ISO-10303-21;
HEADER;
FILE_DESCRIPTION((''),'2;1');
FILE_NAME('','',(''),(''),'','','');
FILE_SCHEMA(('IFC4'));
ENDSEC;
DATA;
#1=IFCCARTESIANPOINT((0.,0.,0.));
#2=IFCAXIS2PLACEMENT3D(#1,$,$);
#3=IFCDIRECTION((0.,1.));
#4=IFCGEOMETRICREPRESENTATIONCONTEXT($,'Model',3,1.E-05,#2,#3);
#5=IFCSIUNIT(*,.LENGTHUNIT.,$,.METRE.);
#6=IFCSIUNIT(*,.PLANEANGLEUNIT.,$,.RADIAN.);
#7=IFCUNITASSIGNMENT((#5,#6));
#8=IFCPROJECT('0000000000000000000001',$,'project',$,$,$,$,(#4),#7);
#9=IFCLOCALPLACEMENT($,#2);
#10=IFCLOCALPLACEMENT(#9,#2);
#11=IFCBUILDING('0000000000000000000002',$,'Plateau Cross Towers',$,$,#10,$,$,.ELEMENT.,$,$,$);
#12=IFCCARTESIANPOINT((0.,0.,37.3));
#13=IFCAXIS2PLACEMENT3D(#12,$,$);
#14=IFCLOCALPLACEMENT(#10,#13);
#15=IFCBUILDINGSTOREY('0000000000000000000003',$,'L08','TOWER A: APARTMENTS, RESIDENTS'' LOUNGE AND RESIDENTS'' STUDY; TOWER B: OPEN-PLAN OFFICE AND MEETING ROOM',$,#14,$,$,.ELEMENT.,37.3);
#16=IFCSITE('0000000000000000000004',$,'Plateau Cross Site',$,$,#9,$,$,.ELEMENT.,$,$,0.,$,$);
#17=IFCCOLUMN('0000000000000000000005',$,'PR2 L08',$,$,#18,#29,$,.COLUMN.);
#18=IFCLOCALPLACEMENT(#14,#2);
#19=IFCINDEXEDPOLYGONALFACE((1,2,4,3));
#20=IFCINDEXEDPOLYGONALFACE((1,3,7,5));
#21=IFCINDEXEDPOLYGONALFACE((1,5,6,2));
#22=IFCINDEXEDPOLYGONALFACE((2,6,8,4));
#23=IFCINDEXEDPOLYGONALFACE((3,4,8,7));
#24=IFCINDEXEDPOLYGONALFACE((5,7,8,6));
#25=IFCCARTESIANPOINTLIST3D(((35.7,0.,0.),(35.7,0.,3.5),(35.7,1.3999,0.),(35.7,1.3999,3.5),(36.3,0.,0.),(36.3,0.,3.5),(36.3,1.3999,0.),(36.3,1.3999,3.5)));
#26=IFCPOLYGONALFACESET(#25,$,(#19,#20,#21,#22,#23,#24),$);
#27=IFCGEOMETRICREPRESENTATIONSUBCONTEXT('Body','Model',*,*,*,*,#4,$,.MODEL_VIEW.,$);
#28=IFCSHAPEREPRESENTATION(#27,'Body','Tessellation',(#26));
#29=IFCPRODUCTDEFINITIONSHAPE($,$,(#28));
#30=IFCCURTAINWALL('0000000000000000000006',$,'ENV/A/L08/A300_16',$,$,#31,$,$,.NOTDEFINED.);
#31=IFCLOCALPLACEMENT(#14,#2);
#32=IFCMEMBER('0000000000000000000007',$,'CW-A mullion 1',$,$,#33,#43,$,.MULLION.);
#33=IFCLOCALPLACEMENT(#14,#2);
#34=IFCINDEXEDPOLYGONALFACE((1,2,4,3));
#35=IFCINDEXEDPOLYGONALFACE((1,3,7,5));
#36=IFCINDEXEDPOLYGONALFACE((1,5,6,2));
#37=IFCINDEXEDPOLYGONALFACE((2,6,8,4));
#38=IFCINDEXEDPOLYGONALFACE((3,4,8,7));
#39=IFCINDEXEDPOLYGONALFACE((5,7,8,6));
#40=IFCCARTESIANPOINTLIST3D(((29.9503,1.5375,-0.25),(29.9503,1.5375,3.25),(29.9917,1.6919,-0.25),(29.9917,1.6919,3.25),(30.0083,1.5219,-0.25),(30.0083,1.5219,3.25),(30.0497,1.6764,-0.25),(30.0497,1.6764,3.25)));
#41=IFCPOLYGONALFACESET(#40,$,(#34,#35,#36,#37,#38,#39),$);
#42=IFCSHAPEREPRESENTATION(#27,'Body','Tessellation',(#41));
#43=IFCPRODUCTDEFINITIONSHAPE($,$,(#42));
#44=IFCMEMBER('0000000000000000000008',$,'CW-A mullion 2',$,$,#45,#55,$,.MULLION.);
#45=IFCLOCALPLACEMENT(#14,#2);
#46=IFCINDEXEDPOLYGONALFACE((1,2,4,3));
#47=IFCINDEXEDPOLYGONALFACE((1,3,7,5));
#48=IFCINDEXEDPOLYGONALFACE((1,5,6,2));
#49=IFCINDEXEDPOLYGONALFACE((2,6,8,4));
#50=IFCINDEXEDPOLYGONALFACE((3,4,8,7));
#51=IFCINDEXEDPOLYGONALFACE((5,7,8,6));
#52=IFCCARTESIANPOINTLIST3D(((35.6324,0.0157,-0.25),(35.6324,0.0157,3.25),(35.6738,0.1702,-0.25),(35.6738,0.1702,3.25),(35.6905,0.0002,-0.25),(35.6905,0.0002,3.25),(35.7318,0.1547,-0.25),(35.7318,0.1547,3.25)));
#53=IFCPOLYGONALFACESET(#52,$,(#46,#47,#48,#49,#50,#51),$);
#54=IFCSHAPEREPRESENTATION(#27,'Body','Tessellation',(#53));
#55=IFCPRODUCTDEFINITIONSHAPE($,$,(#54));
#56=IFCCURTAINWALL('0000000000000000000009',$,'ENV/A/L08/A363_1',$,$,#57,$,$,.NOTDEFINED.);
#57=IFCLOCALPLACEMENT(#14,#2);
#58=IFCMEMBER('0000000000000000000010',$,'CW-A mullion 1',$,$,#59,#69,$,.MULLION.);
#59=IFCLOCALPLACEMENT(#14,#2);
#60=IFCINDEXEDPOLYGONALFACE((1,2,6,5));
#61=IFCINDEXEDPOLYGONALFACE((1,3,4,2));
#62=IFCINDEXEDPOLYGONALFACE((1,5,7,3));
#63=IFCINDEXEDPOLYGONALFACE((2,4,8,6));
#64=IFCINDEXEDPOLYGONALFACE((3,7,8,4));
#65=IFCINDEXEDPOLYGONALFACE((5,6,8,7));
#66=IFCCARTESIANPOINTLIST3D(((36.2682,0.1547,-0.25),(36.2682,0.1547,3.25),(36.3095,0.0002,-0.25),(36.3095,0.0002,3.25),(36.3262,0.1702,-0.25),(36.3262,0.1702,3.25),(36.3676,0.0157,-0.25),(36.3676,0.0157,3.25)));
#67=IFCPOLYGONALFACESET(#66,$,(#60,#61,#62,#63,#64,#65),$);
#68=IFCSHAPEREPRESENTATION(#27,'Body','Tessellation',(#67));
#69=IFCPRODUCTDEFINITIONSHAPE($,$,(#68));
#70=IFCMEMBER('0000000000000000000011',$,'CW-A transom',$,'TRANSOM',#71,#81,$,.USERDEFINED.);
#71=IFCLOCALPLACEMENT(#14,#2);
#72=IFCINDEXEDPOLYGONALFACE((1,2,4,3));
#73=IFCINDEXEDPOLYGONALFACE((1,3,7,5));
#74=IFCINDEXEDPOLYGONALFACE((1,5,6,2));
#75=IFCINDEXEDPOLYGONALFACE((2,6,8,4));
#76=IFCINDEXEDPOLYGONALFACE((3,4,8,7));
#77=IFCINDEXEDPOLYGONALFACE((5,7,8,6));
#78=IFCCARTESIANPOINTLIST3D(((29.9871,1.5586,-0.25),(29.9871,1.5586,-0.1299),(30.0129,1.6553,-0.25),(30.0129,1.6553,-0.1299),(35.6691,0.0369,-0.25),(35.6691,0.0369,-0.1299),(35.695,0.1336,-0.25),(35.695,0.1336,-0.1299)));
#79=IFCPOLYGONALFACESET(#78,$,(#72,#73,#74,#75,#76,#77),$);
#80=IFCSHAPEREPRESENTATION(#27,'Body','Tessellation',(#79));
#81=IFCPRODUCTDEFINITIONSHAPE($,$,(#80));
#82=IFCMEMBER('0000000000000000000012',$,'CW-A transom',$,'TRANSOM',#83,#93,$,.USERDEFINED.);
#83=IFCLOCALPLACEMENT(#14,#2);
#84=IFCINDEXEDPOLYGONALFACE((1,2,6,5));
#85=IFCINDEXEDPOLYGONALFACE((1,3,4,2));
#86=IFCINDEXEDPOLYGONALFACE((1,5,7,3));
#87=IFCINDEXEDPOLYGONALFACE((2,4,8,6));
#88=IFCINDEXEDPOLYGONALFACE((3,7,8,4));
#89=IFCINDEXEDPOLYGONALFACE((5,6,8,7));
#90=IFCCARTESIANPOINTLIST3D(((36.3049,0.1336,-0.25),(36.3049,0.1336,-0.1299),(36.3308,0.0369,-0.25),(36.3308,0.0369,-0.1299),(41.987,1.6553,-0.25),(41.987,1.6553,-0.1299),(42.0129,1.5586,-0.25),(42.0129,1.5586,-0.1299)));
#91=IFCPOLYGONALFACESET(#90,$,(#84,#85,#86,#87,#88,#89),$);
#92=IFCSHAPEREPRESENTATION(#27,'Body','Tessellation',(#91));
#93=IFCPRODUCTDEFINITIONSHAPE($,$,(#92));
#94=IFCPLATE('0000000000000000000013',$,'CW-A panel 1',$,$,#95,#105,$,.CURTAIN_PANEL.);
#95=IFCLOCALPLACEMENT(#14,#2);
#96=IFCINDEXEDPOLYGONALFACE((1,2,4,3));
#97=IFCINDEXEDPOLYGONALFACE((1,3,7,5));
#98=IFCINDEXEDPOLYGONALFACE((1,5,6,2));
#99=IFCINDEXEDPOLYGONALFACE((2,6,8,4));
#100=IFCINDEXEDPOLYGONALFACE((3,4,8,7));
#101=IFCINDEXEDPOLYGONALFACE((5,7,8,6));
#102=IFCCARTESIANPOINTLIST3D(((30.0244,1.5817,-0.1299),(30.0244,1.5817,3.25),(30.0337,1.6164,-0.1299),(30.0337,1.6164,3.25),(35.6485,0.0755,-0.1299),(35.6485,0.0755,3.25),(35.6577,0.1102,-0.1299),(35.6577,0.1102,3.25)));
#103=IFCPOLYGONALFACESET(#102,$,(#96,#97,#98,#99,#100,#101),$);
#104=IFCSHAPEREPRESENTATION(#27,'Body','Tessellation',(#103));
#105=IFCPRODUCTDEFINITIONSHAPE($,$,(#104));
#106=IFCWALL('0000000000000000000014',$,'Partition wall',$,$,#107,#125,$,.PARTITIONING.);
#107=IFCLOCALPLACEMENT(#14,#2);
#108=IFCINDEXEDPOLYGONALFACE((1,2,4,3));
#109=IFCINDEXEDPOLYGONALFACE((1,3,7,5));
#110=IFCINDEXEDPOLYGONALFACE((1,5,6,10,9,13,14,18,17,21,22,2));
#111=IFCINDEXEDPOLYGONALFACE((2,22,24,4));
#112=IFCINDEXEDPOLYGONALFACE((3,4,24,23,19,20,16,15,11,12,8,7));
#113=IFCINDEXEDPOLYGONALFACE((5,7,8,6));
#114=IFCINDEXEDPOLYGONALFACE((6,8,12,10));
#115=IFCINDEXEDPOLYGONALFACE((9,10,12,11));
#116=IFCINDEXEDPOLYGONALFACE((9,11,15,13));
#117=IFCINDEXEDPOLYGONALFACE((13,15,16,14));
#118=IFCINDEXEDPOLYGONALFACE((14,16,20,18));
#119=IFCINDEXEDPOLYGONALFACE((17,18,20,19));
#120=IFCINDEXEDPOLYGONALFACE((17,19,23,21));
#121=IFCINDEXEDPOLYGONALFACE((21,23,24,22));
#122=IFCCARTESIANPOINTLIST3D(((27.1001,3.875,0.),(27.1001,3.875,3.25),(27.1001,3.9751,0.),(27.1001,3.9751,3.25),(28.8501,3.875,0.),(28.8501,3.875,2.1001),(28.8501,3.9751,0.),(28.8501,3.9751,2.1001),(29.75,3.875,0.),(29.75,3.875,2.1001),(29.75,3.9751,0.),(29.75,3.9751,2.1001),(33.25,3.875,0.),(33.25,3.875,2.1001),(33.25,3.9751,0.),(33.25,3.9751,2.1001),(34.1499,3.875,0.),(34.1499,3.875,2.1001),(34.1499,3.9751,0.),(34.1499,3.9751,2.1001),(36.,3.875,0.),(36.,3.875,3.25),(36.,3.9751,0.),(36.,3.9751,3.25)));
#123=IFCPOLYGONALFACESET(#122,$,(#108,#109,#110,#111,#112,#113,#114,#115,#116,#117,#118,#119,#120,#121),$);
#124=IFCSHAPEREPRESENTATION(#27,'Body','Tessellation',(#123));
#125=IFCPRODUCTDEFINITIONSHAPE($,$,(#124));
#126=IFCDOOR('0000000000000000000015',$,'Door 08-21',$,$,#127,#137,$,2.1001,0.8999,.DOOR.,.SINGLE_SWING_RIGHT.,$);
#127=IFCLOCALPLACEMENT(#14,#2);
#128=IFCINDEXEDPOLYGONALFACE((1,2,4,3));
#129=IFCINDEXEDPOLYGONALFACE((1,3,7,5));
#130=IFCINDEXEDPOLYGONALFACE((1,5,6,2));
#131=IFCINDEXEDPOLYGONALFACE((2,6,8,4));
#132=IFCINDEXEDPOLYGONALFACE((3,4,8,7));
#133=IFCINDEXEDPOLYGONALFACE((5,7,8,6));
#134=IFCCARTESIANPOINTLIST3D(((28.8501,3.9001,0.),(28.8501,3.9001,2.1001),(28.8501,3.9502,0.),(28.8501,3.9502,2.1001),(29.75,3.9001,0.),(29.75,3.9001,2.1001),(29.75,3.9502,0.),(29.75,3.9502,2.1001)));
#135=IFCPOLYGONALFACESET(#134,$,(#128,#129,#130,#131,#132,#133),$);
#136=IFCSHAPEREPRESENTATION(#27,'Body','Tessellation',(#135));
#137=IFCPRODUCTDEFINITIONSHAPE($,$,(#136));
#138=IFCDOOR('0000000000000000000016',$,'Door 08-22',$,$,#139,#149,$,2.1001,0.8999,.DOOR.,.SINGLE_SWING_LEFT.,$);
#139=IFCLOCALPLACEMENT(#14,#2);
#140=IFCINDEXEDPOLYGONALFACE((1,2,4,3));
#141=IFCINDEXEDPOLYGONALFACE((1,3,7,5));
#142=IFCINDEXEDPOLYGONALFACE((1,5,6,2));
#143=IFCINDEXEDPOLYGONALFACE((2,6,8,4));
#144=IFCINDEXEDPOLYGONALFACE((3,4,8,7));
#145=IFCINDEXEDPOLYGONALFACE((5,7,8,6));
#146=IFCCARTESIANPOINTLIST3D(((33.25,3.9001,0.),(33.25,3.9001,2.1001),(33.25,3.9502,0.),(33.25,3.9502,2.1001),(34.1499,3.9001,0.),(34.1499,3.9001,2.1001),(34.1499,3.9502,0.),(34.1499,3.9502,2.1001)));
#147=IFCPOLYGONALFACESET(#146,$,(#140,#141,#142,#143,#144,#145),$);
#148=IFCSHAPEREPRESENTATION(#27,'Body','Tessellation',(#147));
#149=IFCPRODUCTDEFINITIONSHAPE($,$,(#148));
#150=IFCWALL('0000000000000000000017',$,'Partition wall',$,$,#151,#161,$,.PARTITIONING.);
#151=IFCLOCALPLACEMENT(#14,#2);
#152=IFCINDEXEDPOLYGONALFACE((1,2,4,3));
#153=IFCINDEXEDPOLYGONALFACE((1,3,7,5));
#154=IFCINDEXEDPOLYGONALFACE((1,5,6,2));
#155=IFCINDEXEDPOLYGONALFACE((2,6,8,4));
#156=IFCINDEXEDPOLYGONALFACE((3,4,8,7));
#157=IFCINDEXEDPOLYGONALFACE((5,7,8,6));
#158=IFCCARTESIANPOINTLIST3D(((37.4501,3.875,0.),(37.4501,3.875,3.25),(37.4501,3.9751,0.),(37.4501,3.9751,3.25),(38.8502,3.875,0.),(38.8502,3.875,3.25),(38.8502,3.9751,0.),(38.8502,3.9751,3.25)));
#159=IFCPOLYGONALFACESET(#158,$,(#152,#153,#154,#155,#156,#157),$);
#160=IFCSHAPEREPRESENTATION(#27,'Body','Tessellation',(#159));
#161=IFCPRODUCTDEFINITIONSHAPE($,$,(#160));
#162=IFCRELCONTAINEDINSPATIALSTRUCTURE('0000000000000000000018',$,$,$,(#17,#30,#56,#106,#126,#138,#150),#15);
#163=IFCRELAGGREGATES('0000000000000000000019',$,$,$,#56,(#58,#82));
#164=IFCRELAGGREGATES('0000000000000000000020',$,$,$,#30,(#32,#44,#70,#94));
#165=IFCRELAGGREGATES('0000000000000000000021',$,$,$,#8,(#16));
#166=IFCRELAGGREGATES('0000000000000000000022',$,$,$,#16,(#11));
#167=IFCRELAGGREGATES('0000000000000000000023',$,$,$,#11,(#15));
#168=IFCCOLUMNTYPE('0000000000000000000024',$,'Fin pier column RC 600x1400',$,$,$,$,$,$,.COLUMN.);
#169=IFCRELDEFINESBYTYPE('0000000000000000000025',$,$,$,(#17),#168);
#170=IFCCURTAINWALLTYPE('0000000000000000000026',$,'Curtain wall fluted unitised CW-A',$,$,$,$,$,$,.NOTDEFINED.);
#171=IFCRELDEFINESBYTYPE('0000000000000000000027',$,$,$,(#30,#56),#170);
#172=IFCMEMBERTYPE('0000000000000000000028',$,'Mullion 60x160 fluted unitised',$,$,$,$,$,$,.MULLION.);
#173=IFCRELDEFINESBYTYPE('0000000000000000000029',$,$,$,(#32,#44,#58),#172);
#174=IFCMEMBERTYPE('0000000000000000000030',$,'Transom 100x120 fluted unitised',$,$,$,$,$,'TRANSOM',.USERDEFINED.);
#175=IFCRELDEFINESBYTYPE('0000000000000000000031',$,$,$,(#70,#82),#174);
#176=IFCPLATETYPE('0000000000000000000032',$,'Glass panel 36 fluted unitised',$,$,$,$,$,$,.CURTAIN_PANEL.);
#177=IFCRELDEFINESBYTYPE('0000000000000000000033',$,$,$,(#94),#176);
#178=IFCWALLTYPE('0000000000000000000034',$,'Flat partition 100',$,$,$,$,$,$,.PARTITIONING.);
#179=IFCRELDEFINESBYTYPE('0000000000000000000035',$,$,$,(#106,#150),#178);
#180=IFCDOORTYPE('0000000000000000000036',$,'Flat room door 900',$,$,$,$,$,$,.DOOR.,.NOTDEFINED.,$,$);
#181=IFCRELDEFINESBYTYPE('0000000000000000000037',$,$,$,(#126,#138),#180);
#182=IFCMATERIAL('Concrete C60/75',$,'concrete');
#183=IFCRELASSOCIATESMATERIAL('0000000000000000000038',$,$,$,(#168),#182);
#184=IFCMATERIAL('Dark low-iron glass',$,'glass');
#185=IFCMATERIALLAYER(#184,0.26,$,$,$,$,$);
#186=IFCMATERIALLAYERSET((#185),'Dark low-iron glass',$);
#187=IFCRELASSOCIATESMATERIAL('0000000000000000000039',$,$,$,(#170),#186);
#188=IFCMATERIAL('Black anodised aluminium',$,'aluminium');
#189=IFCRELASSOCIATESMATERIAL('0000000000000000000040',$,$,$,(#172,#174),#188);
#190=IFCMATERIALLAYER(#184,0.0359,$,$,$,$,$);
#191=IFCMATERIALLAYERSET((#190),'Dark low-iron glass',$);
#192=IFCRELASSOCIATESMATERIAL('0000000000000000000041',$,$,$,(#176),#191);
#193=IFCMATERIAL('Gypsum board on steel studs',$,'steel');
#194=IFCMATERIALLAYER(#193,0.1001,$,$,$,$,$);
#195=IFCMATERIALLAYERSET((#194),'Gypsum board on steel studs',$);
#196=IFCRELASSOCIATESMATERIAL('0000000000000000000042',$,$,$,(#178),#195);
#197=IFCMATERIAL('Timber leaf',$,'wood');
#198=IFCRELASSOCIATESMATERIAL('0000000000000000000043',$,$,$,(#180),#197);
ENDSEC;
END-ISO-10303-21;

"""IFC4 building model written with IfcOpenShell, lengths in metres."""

from ifc_helpers import new_model, si_unit, direction, frame, frame_2d, origin, origin_2d, place, context, subcontext, project, spatial, rectangle, extrude, material, layer, layer_set, material_profile, profile_set, type_object, element, fill, aggregate, save


model = new_model("IFC4")

# Units and contexts
model_context = context("Model", 3, precision=1e-05, world=origin(), true_north=direction((0.0, 1.0)))
body_context = subcontext(model_context, "Body", "Model", "MODEL_VIEW")
ifc_project = project(units=[si_unit("LENGTHUNIT", "METRE"), si_unit("PLANEANGLEUNIT", "RADIAN")], contexts=[model_context])

# Site, building, storey
site_placement = place(None, origin())
site = spatial("IfcSite", under=ifc_project, at=site_placement, Name="Plateau Cross Site", CompositionType="ELEMENT", RefElevation=0.0)
building_placement = place(site_placement, origin())
building = spatial("IfcBuilding", under=site, at=building_placement, Name="Plateau Cross Towers", CompositionType="ELEMENT")
storey_placement = place(building_placement, frame((0.0, 0.0, 37.3)))
storey = spatial("IfcBuildingStorey", under=building, at=storey_placement, Name="L08", Description="TOWER A: APARTMENTS, RESIDENTS' LOUNGE AND RESIDENTS' STUDY; TOWER B: OPEN-PLAN OFFICE AND MEETING ROOM", CompositionType="ELEMENT", Elevation=37.3)

# Column
ifc_material_1 = material(Name="Concrete C60/75", Category="concrete")
ifc_material_profile_1 = material_profile(ifc_material_1, rectangle(XDim=0.6001, YDim=1.3999, at=origin_2d()), Name="RC 600x1400")
ifc_profile_set_1 = profile_set([ifc_material_profile_1], Name="Concrete C60/75")
column_type = type_object("IfcColumnType", Name="Fin pier column RC 600x1400", PredefinedType="COLUMN", material=ifc_profile_set_1)
column_placement = place(storey_placement, frame((36.0, 0.7, 0.0), z_axis=(0.0, 0.0, 1.0), x_axis=(1.0, 0.0, 0.0)))
element("IfcColumn", 1, at=column_placement, inside=storey, type_object=column_type, Name="PR2 L08", PredefinedType="COLUMN", context=body_context, shape_type="SweptSolid", body=[
    extrude(rectangle(XDim=0.6001, YDim=1.3999, at=origin_2d()), origin(), (0.0, 0.0, 1.0), 3.5),
])

# Curtain wall, members
ifc_material_2 = material(Name="Dark low-iron glass", Category="glass")
ifc_layer_1 = layer(ifc_material_2, 0.26)
ifc_layer_set_1 = layer_set([ifc_layer_1], Name="Dark low-iron glass")
curtain_wall_type = type_object("IfcCurtainWallType", Name="Curtain wall fluted unitised CW-A", PredefinedType="NOTDEFINED", material=ifc_layer_set_1)
curtain_wall_1_placement = place(storey_placement, origin())
curtain_wall_1 = element("IfcCurtainWall", 2, at=curtain_wall_1_placement, inside=storey, type_object=curtain_wall_type, Name="ENV/A/L08/A300_16", PredefinedType="NOTDEFINED")
ifc_material_3 = material(Name="Black anodised aluminium", Category="aluminium")
ifc_material_profile_2 = material_profile(ifc_material_3, rectangle(XDim=0.0601, YDim=0.1599, at=origin_2d()), Name="MULLION 60x160")
ifc_profile_set_2 = profile_set([ifc_material_profile_2], Name="Black anodised aluminium")
member_type_1 = type_object("IfcMemberType", Name="Mullion 60x160 fluted unitised", PredefinedType="MULLION", material=ifc_profile_set_2)
member_1_placement = place(storey_placement, frame((30.0, 1.6069, -0.25), z_axis=(0.0, 0.0, 1.0), x_axis=(0.965958, -0.258699, 0.0)))
member_1 = element("IfcMember", 3, at=member_1_placement, type_object=member_type_1, Name="CW-A mullion 1", PredefinedType="MULLION", context=body_context, shape_type="SweptSolid", body=[
    extrude(rectangle(XDim=0.0601, YDim=0.1599, at=origin_2d()), origin(), (0.0, 0.0, 1.0), 3.5),
])
member_2_placement = place(storey_placement, frame((35.6821, 0.0852, -0.25), z_axis=(0.0, 0.0, 1.0), x_axis=(0.965958, -0.258699, 0.0)))
member_2 = element("IfcMember", 4, at=member_2_placement, type_object=member_type_1, Name="CW-A mullion 2", PredefinedType="MULLION", context=body_context, shape_type="SweptSolid", body=[
    extrude(rectangle(XDim=0.0601, YDim=0.1599, at=origin_2d()), origin(), (0.0, 0.0, 1.0), 3.5),
])

# Curtain wall, member
curtain_wall_2_placement = place(storey_placement, origin())
curtain_wall_2 = element("IfcCurtainWall", 5, at=curtain_wall_2_placement, inside=storey, type_object=curtain_wall_type, Name="ENV/A/L08/A363_1", PredefinedType="NOTDEFINED")
member_3_placement = place(storey_placement, frame((36.3179, 0.0852, -0.25), z_axis=(0.0, 0.0, 1.0), x_axis=(0.965958, 0.258699, 0.0)))
member_3 = element("IfcMember", 6, at=member_3_placement, type_object=member_type_1, Name="CW-A mullion 1", PredefinedType="MULLION", context=body_context, shape_type="SweptSolid", body=[
    extrude(rectangle(XDim=0.0601, YDim=0.1599, at=origin_2d()), origin(), (0.0, 0.0, 1.0), 3.5),
])

# Members
ifc_material_profile_3 = material_profile(ifc_material_3, rectangle(XDim=0.1001, YDim=0.1201, at=origin_2d()), Name="TRANSOM 100x120")
ifc_profile_set_3 = profile_set([ifc_material_profile_3], Name="Black anodised aluminium")
member_type_2 = type_object("IfcMemberType", Name="Transom 100x120 fluted unitised", ElementType="TRANSOM", PredefinedType="USERDEFINED", material=ifc_profile_set_3)
member_4_placement = place(storey_placement, frame((30.0, 1.6069, -0.1899), z_axis=(0.96596, -0.258693, 0.0), x_axis=(0.258693, 0.96596, 0.0)))
member_4 = element("IfcMember", 7, at=member_4_placement, type_object=member_type_2, Name="CW-A transom", ObjectType="TRANSOM", PredefinedType="USERDEFINED", context=body_context, shape_type="SweptSolid", body=[
    extrude(rectangle(XDim=0.1001, YDim=0.1201, at=origin_2d()), origin(), (0.0, 0.0, 1.0), 5.8823),
])
member_5_placement = place(storey_placement, frame((36.3179, 0.0852, -0.1899), z_axis=(0.96596, 0.258693, 0.0), x_axis=(-0.258693, 0.96596, 0.0)))
member_5 = element("IfcMember", 8, at=member_5_placement, type_object=member_type_2, Name="CW-A transom", ObjectType="TRANSOM", PredefinedType="USERDEFINED", context=body_context, shape_type="SweptSolid", body=[
    extrude(rectangle(XDim=0.1001, YDim=0.1201, at=origin_2d()), origin(), (0.0, 0.0, 1.0), 5.8823),
])
aggregate(curtain_wall_2, [member_3, member_5])

# Plate
ifc_layer_2 = layer(ifc_material_2, 0.0359)
ifc_layer_set_2 = layer_set([ifc_layer_2], Name="Dark low-iron glass")
plate_type = type_object("IfcPlateType", Name="Glass panel 36 fluted unitised", PredefinedType="CURTAIN_PANEL", material=ifc_layer_set_2)
plate_placement = place(storey_placement, frame((32.8411, 0.8459, -0.1299), z_axis=(0.0, 0.0, 1.0), x_axis=(0.965958, -0.258699, 0.0)))
plate = element("IfcPlate", 9, at=plate_placement, type_object=plate_type, Name="CW-A panel 1", PredefinedType="CURTAIN_PANEL", context=body_context, shape_type="SweptSolid", body=[
    extrude(rectangle(XDim=5.8223, YDim=0.0359, at=origin_2d()), origin(), (0.0, 0.0, 1.0), 3.3799),
])
aggregate(curtain_wall_1, [member_1, member_2, member_4, plate])

# Wall, openings, doors
ifc_material_4 = material(Name="Gypsum board on steel studs", Category="steel")
ifc_layer_3 = layer(ifc_material_4, 0.1001)
ifc_layer_set_3 = layer_set([ifc_layer_3], Name="Gypsum board on steel studs")
wall_type_1 = type_object("IfcWallType", Name="Flat partition 100", PredefinedType="PARTITIONING", material=ifc_layer_set_3)
wall_1_placement = place(storey_placement, frame((36.0, 3.925, 0.0), z_axis=(0.0, 0.0, 1.0), x_axis=(-1.0, 0.0, 0.0)))
wall_1 = element("IfcWall", 10, at=wall_1_placement, inside=storey, type_object=wall_type_1, Name="Partition wall", PredefinedType="PARTITIONING", context=body_context, shape_type="SweptSolid", body=[
    extrude(rectangle(XDim=8.8999, YDim=0.1001, at=frame_2d((4.45, 0.0))), origin(), (0.0, 0.0, 1.0), 3.25),
])
opening_1_placement = place(wall_1_placement, frame((6.25, 0.0, 0.0)))
opening_1 = element("IfcOpeningElement", 11, at=opening_1_placement, cuts=wall_1, PredefinedType="OPENING", context=body_context, shape_type="SweptSolid", body=[
    extrude(rectangle(XDim=0.8999, YDim=2.1001, at=frame_2d((0.45, 1.05))), frame((0.0, 0.0601, 0.0), z_axis=(0.0, -1.0, 0.0), x_axis=(1.0, 0.0, 0.0)), (0.0, 0.0, 1.0), 0.1201),
])
opening_2_placement = place(wall_1_placement, frame((1.8501, 0.0, 0.0)))
opening_2 = element("IfcOpeningElement", 12, at=opening_2_placement, cuts=wall_1, PredefinedType="OPENING", context=body_context, shape_type="SweptSolid", body=[
    extrude(rectangle(XDim=0.8999, YDim=2.1001, at=frame_2d((0.45, 1.05))), frame((0.0, 0.0601, 0.0), z_axis=(0.0, -1.0, 0.0), x_axis=(1.0, 0.0, 0.0)), (0.0, 0.0, 1.0), 0.1201),
])
ifc_material_5 = material(Name="Timber leaf", Category="wood")
door_type = type_object("IfcDoorType", Name="Flat room door 900", OperationType="NOTDEFINED", PredefinedType="DOOR", material=ifc_material_5)
door_1_placement = place(opening_1_placement, origin())
door_1 = element("IfcDoor", 13, at=door_1_placement, inside=storey, type_object=door_type, Name="Door 08-21", OperationType="SINGLE_SWING_RIGHT", OverallHeight=2.1001, OverallWidth=0.8999, PredefinedType="DOOR", context=body_context, shape_type="SweptSolid", body=[
    extrude(rectangle(XDim=0.8999, YDim=2.1001, at=frame_2d((0.45, 1.05))), frame((0.0, 0.0249, 0.0), z_axis=(0.0, -1.0, 0.0), x_axis=(1.0, 0.0, 0.0)), (0.0, 0.0, 1.0), 0.05),
])
fill(opening_1, door_1)
door_2_placement = place(opening_2_placement, origin())
door_2 = element("IfcDoor", 14, at=door_2_placement, inside=storey, type_object=door_type, Name="Door 08-22", OperationType="SINGLE_SWING_LEFT", OverallHeight=2.1001, OverallWidth=0.8999, PredefinedType="DOOR", context=body_context, shape_type="SweptSolid", body=[
    extrude(rectangle(XDim=0.8999, YDim=2.1001, at=frame_2d((0.45, 1.05))), frame((0.0, 0.0249, 0.0), z_axis=(0.0, -1.0, 0.0), x_axis=(1.0, 0.0, 0.0)), (0.0, 0.0, 1.0), 0.05),
])
fill(opening_2, door_2)

# Wall
wall_2_placement = place(storey_placement, frame((37.45, 3.925, 0.0), z_axis=(0.0, 0.0, 1.0), x_axis=(1.0, 0.0, 0.0)))
element("IfcWall", 15, at=wall_2_placement, inside=storey, type_object=wall_type_1, Name="Partition wall", PredefinedType="PARTITIONING", context=body_context, shape_type="SweptSolid", body=[
    extrude(rectangle(XDim=1.4001, YDim=0.1001, at=frame_2d((0.7002, 0.0))), origin(), (0.0, 0.0, 1.0), 3.25),
])

save(model, "model.ifc")
